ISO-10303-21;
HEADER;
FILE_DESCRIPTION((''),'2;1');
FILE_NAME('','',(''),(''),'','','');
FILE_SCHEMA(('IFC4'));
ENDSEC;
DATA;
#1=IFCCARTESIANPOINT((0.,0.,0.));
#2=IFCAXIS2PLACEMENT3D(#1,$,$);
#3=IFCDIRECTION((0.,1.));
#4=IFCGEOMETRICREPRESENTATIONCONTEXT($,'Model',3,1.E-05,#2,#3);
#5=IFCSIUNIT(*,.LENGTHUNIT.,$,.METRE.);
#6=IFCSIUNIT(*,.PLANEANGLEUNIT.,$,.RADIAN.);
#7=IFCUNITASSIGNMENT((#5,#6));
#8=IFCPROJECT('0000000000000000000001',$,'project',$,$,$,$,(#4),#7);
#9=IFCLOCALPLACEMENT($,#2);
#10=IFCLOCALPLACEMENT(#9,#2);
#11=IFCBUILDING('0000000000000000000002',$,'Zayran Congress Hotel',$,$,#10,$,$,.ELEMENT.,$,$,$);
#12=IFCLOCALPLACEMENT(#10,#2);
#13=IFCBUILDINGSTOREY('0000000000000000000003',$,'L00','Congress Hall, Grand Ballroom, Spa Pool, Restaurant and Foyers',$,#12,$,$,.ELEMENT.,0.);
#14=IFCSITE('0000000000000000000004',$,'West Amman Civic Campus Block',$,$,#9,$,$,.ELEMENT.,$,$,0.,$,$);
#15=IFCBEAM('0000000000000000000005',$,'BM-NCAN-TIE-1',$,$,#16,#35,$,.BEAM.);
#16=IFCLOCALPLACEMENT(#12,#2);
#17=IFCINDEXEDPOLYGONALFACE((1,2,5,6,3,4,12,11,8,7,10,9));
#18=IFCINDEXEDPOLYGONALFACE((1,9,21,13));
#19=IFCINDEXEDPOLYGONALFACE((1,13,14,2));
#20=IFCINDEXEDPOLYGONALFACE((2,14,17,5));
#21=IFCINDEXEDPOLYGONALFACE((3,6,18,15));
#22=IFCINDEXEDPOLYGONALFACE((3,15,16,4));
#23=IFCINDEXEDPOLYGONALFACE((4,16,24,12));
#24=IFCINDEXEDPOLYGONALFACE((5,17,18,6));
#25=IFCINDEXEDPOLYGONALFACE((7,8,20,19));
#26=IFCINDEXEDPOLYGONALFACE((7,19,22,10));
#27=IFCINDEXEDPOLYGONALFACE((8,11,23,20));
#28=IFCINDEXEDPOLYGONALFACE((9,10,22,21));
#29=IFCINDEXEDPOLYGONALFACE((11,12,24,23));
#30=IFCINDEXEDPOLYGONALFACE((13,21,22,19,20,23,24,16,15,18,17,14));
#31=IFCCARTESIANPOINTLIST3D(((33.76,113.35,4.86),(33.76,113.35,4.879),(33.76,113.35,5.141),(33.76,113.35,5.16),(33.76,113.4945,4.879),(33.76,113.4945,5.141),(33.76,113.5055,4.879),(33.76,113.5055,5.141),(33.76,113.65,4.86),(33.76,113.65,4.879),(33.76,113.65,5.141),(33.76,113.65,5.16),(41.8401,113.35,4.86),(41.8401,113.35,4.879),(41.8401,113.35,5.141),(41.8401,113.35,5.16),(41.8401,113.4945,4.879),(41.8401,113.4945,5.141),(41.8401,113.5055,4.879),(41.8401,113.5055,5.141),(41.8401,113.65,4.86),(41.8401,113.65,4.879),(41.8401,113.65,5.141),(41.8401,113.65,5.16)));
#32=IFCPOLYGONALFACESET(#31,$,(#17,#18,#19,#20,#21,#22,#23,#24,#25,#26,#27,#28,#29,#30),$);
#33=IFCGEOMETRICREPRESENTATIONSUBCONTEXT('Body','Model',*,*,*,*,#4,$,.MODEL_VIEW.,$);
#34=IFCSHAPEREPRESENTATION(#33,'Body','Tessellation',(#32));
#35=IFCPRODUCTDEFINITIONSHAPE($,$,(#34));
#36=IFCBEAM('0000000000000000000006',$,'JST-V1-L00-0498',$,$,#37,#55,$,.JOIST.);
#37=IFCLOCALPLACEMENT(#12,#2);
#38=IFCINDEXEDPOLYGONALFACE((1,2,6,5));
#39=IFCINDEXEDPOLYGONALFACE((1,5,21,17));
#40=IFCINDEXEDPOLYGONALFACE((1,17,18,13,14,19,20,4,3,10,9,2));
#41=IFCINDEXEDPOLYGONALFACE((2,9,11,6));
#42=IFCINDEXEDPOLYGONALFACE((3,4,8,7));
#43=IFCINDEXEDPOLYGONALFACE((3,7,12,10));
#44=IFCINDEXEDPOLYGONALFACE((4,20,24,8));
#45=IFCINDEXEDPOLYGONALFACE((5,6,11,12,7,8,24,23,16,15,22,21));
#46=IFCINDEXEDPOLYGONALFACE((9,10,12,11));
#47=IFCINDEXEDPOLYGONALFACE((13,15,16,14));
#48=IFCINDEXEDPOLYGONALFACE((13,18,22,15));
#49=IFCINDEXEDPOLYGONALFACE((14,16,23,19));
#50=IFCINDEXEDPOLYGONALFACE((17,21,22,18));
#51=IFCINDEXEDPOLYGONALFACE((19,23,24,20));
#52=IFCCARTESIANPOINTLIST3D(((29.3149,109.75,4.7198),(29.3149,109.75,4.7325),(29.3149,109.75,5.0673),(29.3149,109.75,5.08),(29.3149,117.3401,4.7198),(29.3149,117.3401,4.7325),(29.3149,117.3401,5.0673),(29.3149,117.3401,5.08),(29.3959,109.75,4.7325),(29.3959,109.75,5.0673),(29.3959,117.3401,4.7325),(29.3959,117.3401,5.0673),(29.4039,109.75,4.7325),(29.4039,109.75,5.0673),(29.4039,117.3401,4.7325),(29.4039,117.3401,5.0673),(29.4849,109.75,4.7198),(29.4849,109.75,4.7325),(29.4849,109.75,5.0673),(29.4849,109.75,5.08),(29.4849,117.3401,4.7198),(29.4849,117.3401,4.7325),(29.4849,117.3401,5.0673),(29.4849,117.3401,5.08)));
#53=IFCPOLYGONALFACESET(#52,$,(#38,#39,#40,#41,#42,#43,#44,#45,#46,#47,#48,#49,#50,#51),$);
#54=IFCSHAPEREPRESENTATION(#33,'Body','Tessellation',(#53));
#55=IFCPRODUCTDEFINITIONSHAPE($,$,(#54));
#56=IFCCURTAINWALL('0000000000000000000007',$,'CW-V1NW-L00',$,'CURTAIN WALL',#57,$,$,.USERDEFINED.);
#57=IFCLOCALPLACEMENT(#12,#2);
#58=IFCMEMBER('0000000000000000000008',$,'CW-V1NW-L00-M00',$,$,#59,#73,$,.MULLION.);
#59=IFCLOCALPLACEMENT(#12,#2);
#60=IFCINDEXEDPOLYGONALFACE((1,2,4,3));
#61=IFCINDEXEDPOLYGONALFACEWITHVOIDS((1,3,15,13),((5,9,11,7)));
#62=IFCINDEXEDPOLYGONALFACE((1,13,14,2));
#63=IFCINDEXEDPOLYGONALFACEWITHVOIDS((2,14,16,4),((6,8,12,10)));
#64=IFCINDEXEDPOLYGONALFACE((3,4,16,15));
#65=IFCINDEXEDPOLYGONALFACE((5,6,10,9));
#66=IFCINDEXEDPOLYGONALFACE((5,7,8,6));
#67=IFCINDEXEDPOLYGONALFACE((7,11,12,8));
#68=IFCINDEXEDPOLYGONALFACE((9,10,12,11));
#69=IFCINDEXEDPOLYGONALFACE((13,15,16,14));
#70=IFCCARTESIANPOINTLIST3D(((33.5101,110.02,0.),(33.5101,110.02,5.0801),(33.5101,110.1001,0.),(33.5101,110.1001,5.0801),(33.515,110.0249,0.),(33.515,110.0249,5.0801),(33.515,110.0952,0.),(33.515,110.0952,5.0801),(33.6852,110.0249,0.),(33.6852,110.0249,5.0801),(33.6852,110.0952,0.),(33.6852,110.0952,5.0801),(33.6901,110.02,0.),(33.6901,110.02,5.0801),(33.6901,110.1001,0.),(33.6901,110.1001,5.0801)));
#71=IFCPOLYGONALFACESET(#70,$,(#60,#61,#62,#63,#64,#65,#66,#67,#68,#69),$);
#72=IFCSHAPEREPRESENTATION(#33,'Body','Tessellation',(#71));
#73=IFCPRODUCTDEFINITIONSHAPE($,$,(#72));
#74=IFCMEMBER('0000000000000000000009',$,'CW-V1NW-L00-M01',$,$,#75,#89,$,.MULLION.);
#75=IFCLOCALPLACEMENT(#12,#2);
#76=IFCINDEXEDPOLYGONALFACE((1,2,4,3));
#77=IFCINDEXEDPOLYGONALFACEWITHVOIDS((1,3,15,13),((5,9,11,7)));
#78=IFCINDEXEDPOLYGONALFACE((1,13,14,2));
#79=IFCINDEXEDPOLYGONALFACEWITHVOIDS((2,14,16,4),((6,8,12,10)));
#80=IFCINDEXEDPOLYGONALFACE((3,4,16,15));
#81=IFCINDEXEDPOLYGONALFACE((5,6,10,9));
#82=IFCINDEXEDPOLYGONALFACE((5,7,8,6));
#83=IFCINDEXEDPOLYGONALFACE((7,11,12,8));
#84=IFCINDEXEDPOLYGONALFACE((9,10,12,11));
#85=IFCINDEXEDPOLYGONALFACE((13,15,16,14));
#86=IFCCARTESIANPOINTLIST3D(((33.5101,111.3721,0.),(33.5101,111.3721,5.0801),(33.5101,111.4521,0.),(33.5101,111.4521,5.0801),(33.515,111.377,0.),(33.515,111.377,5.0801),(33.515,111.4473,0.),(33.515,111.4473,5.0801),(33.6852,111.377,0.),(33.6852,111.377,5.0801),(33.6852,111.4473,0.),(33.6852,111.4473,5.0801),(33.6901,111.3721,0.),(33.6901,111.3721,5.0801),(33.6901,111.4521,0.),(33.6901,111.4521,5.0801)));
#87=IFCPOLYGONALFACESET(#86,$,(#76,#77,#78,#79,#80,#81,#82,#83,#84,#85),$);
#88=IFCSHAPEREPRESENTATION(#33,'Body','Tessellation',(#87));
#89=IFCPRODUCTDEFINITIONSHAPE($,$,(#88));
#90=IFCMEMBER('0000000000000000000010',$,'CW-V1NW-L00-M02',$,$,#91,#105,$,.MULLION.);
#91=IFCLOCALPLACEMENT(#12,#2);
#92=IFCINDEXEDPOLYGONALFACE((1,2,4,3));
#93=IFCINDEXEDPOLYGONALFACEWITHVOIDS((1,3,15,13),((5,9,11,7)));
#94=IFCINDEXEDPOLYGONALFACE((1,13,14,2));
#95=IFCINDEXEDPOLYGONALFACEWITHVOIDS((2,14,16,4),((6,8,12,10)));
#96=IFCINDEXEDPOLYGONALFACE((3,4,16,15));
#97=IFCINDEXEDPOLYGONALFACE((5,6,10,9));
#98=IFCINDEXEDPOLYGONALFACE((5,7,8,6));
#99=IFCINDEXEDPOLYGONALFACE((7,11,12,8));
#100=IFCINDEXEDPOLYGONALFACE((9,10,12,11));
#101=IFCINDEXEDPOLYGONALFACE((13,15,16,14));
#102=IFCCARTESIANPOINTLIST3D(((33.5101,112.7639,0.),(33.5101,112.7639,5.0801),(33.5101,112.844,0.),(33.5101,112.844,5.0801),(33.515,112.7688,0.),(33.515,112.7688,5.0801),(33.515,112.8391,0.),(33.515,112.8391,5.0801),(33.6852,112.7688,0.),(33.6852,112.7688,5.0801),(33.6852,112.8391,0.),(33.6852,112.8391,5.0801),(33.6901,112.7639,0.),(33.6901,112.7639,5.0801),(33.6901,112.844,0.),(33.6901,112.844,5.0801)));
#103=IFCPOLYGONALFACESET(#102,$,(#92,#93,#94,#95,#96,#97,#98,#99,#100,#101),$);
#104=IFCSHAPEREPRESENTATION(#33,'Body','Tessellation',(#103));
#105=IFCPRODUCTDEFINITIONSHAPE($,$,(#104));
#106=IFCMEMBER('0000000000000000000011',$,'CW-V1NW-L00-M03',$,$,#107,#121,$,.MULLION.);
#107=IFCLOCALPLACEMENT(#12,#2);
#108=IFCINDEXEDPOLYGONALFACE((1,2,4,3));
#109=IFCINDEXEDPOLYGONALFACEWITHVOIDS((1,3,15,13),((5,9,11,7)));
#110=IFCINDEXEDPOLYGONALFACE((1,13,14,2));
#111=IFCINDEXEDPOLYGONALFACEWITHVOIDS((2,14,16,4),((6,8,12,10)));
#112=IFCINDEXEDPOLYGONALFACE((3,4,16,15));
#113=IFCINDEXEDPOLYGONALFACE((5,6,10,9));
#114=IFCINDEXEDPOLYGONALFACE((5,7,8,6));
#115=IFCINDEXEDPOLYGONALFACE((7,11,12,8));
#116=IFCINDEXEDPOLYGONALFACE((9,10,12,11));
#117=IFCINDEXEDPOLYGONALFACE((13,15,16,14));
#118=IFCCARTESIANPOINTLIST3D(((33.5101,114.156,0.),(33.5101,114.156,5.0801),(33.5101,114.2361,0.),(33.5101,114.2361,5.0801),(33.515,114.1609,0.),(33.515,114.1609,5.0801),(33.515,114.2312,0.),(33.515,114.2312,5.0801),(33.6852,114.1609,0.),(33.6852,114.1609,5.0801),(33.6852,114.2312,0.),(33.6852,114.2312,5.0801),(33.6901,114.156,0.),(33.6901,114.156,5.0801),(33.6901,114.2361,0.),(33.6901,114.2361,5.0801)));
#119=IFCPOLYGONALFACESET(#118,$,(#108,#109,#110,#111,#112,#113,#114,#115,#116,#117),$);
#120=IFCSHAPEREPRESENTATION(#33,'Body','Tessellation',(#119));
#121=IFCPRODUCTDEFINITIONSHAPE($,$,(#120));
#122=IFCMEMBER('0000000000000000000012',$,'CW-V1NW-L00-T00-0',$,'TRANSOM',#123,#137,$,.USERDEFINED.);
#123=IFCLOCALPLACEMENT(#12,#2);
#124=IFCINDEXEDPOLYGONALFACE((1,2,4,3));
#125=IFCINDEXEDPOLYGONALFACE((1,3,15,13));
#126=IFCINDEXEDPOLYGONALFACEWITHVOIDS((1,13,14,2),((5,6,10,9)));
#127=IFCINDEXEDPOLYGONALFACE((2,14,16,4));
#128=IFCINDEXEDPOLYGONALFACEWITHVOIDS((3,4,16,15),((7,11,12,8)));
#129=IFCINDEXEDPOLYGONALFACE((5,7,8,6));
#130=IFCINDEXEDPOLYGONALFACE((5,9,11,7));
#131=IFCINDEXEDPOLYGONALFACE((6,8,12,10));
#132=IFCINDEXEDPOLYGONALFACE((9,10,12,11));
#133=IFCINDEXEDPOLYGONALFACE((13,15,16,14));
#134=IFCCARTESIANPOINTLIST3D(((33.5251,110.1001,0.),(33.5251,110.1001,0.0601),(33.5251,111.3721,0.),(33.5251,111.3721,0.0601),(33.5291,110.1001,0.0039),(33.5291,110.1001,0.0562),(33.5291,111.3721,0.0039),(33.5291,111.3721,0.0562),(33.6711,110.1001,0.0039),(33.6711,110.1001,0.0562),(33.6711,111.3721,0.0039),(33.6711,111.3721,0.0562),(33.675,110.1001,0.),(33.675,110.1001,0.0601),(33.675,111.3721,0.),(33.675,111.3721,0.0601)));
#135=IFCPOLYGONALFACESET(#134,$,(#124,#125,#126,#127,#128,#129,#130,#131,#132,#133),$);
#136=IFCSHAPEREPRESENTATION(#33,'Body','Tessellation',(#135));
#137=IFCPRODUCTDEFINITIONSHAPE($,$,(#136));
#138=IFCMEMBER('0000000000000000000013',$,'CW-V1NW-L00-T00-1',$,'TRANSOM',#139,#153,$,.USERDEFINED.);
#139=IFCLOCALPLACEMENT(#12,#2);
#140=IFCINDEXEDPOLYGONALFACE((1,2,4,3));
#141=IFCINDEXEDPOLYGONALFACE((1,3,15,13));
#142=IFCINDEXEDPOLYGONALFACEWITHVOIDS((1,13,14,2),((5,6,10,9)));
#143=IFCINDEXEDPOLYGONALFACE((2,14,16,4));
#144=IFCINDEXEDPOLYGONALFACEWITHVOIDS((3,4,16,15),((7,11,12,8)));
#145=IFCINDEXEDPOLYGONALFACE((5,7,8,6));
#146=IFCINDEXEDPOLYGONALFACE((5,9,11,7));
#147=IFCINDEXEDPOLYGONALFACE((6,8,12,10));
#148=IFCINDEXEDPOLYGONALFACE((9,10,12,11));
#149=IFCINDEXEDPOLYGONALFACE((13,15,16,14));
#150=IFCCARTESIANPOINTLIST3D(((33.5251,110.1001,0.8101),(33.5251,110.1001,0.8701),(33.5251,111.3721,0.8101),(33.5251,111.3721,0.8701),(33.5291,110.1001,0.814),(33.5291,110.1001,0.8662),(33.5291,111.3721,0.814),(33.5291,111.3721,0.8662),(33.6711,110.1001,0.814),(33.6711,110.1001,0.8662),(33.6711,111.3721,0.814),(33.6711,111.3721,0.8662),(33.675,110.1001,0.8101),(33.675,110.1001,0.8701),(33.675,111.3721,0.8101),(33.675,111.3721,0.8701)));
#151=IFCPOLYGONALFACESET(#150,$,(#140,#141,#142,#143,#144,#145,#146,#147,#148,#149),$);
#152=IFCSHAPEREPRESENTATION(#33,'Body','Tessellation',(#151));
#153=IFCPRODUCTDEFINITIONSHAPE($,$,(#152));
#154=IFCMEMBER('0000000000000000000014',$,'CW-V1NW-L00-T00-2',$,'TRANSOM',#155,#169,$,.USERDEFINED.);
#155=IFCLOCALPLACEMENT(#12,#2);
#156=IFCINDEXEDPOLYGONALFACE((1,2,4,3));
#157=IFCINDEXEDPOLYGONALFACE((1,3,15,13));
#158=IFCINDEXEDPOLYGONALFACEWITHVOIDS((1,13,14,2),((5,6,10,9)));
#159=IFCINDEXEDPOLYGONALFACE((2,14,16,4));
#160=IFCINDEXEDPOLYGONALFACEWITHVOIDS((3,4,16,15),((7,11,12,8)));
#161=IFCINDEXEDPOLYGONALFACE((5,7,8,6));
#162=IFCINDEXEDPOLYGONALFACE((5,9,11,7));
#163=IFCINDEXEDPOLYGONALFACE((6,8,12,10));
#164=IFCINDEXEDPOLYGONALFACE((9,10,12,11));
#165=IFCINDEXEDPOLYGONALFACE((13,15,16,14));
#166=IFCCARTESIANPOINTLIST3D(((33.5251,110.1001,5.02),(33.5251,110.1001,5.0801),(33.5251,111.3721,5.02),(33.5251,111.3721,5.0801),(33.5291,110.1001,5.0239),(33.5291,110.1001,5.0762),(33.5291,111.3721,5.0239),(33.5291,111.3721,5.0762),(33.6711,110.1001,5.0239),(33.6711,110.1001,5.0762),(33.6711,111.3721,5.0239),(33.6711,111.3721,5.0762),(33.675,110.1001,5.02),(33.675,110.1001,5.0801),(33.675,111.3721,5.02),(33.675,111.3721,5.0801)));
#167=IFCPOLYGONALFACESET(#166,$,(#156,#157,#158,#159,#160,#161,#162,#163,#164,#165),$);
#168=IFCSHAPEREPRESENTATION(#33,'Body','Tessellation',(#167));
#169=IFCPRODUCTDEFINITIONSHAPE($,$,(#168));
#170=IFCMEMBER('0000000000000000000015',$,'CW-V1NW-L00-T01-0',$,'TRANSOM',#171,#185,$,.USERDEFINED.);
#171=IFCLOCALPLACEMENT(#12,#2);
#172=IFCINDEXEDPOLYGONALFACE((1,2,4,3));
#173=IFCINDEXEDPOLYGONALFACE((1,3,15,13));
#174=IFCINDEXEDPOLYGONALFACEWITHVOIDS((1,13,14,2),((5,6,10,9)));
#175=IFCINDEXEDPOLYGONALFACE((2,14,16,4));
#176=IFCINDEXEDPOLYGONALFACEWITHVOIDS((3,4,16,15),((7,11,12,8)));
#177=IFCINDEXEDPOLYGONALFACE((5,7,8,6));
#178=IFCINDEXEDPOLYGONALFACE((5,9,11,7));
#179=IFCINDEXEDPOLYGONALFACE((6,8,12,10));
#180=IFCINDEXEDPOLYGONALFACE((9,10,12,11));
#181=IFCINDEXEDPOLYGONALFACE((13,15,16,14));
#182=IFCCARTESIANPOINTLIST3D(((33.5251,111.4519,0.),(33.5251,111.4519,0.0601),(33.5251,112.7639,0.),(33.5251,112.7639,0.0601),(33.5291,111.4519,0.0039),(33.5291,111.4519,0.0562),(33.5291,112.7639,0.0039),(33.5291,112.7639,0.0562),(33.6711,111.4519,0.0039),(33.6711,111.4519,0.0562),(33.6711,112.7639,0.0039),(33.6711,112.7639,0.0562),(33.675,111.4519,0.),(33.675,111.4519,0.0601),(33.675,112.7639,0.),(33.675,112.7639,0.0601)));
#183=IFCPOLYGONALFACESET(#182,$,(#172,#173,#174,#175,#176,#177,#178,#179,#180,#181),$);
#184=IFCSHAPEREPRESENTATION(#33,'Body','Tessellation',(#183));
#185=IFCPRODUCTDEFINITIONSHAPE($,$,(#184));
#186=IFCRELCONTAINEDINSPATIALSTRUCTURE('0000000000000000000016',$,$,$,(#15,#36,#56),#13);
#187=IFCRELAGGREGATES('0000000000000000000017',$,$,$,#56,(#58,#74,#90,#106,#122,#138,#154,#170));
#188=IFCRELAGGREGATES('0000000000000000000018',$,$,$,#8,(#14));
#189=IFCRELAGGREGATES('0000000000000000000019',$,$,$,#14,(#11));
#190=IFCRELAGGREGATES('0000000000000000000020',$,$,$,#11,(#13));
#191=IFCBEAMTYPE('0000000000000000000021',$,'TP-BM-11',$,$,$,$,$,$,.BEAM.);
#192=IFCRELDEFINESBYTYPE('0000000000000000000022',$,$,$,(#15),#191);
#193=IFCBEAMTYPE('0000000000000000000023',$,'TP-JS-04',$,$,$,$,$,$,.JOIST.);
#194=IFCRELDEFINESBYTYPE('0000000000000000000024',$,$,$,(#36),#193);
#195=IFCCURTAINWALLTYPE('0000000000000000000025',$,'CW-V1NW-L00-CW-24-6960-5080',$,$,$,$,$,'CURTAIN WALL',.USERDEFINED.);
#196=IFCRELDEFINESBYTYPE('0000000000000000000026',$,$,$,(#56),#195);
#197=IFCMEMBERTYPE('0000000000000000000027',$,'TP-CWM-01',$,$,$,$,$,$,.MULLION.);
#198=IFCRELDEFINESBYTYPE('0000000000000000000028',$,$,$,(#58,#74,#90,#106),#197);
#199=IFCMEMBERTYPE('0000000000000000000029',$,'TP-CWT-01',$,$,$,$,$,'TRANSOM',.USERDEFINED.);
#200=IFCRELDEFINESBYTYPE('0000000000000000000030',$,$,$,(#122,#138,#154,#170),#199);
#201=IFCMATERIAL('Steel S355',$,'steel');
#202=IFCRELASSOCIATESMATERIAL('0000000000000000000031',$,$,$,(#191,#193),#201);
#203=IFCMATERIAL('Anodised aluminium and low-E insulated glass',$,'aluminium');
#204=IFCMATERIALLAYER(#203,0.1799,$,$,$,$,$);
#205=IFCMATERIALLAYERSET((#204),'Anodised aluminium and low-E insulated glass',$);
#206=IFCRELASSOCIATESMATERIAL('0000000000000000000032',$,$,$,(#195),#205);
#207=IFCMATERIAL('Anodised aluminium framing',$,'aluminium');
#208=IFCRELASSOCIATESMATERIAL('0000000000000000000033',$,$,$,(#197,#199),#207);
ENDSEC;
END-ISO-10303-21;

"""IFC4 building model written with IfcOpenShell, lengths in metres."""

from ifc_helpers import new_model, si_unit, direction, frame, origin, origin_2d, place, context, subcontext, project, spatial, hollow_rectangle, i_section, extrude, material, layer, layer_set, material_profile, profile_set, type_object, element, aggregate, save


model = new_model("IFC4")

# Units and contexts
model_context = context("Model", 3, precision=1e-05, world=origin(), true_north=direction((0.0, 1.0)))
body_context = subcontext(model_context, "Body", "Model", "MODEL_VIEW")
ifc_project = project(units=[si_unit("LENGTHUNIT", "METRE"), si_unit("PLANEANGLEUNIT", "RADIAN")], contexts=[model_context])

# Site, building, storey
site_placement = place(None, origin())
site = spatial("IfcSite", under=ifc_project, at=site_placement, Name="West Amman Civic Campus Block", CompositionType="ELEMENT", RefElevation=0.0)
building_placement = place(site_placement, origin())
building = spatial("IfcBuilding", under=site, at=building_placement, Name="Zayran Congress Hotel", CompositionType="ELEMENT")
storey_placement = place(building_placement, origin())
storey = spatial("IfcBuildingStorey", under=building, at=storey_placement, Name="L00", Description="Congress Hall, Grand Ballroom, Spa Pool, Restaurant and Foyers", CompositionType="ELEMENT", Elevation=0.0)

# Beams
ifc_material_1 = material(Name="Steel S355", Category="steel")
ifc_material_profile_1 = material_profile(ifc_material_1, i_section(OverallWidth=0.3, OverallDepth=0.3, WebThickness=0.011, FlangeThickness=0.019, at=origin_2d()), Name="HEB 300")
ifc_profile_set_1 = profile_set([ifc_material_profile_1], Name="Steel S355")
beam_type_1 = type_object("IfcBeamType", Name="TP-BM-11", PredefinedType="BEAM", material=ifc_profile_set_1)
beam_1_placement = place(storey_placement, frame((33.76, 113.5, 5.01), z_axis=(1.0, 0.0, 0.0), x_axis=(0.0, 1.0, 0.0)))
element("IfcBeam", 1, at=beam_1_placement, inside=storey, type_object=beam_type_1, Name="BM-NCAN-TIE-1", PredefinedType="BEAM", context=body_context, shape_type="SweptSolid", body=[
    extrude(i_section(OverallWidth=0.3, OverallDepth=0.3, WebThickness=0.011, FlangeThickness=0.019, at=origin_2d()), origin(), (0.0, 0.0, 1.0), 8.0801),
])
ifc_material_profile_2 = material_profile(ifc_material_1, i_section(OverallWidth=0.1699, OverallDepth=0.3601, WebThickness=0.0081, FlangeThickness=0.0127, at=origin_2d()), Name="IPE 360")
ifc_profile_set_2 = profile_set([ifc_material_profile_2], Name="Steel S355")
beam_type_2 = type_object("IfcBeamType", Name="TP-JS-04", PredefinedType="JOIST", material=ifc_profile_set_2)
beam_2_placement = place(storey_placement, frame((29.3999, 109.75, 4.8999), z_axis=(0.0, 1.0, 0.0), x_axis=(-1.0, 0.0, 0.0)))
element("IfcBeam", 2, at=beam_2_placement, inside=storey, type_object=beam_type_2, Name="JST-V1-L00-0498", PredefinedType="JOIST", context=body_context, shape_type="SweptSolid", body=[
    extrude(i_section(OverallWidth=0.1699, OverallDepth=0.3601, WebThickness=0.0081, FlangeThickness=0.0127, at=origin_2d()), origin(), (0.0, 0.0, 1.0), 7.5901),
])

# Curtain wall, members
ifc_material_2 = material(Name="Anodised aluminium and low-E insulated glass", Category="aluminium")
ifc_layer_1 = layer(ifc_material_2, 0.1799)
ifc_layer_set_1 = layer_set([ifc_layer_1], Name="Anodised aluminium and low-E insulated glass")
curtain_wall_type = type_object("IfcCurtainWallType", Name="CW-V1NW-L00-CW-24-6960-5080", ElementType="CURTAIN WALL", PredefinedType="USERDEFINED", material=ifc_layer_set_1)
curtain_wall_placement = place(storey_placement, origin())
curtain_wall = element("IfcCurtainWall", 3, at=curtain_wall_placement, inside=storey, type_object=curtain_wall_type, Name="CW-V1NW-L00", ObjectType="CURTAIN WALL", PredefinedType="USERDEFINED")
ifc_material_3 = material(Name="Anodised aluminium framing", Category="aluminium")
ifc_material_profile_3 = material_profile(ifc_material_3, hollow_rectangle(XDim=0.0801, YDim=0.1799, WallThickness=0.0049, at=origin_2d()), Name="RHS 180x80x5")
ifc_profile_set_3 = profile_set([ifc_material_profile_3], Name="Anodised aluminium framing")
member_type_1 = type_object("IfcMemberType", Name="TP-CWM-01", PredefinedType="MULLION", material=ifc_profile_set_3)
member_1_placement = place(storey_placement, frame((33.6001, 110.0601, 0.0), z_axis=(0.0, 0.0, 1.0), x_axis=(0.0, 1.0, 0.0)))
member_1 = element("IfcMember", 4, at=member_1_placement, type_object=member_type_1, Name="CW-V1NW-L00-M00", PredefinedType="MULLION", context=body_context, shape_type="SweptSolid", body=[
    extrude(hollow_rectangle(XDim=0.0801, YDim=0.1799, WallThickness=0.0049, at=origin_2d()), origin(), (0.0, 0.0, 1.0), 5.0801),
])
member_2_placement = place(storey_placement, frame((33.6001, 111.4121, 0.0), z_axis=(0.0, 0.0, 1.0), x_axis=(0.0, 1.0, 0.0)))
member_2 = element("IfcMember", 5, at=member_2_placement, type_object=member_type_1, Name="CW-V1NW-L00-M01", PredefinedType="MULLION", context=body_context, shape_type="SweptSolid", body=[
    extrude(hollow_rectangle(XDim=0.0801, YDim=0.1799, WallThickness=0.0049, at=origin_2d()), origin(), (0.0, 0.0, 1.0), 5.0801),
])
member_3_placement = place(storey_placement, frame((33.6001, 112.804, 0.0), z_axis=(0.0, 0.0, 1.0), x_axis=(0.0, 1.0, 0.0)))
member_3 = element("IfcMember", 6, at=member_3_placement, type_object=member_type_1, Name="CW-V1NW-L00-M02", PredefinedType="MULLION", context=body_context, shape_type="SweptSolid", body=[
    extrude(hollow_rectangle(XDim=0.0801, YDim=0.1799, WallThickness=0.0049, at=origin_2d()), origin(), (0.0, 0.0, 1.0), 5.0801),
])
member_4_placement = place(storey_placement, frame((33.6001, 114.196, 0.0), z_axis=(0.0, 0.0, 1.0), x_axis=(0.0, 1.0, 0.0)))
member_4 = element("IfcMember", 7, at=member_4_placement, type_object=member_type_1, Name="CW-V1NW-L00-M03", PredefinedType="MULLION", context=body_context, shape_type="SweptSolid", body=[
    extrude(hollow_rectangle(XDim=0.0801, YDim=0.1799, WallThickness=0.0049, at=origin_2d()), origin(), (0.0, 0.0, 1.0), 5.0801),
])
ifc_material_profile_4 = material_profile(ifc_material_3, hollow_rectangle(XDim=0.0601, YDim=0.1499, WallThickness=0.0039, at=origin_2d()), Name="RHS 150x60x4")
ifc_profile_set_4 = profile_set([ifc_material_profile_4], Name="Anodised aluminium framing")
member_type_2 = type_object("IfcMemberType", Name="TP-CWT-01", ElementType="TRANSOM", PredefinedType="USERDEFINED", material=ifc_profile_set_4)
member_5_placement = place(storey_placement, frame((33.6001, 110.1001, 0.03), z_axis=(0.0, 1.0, 0.0), x_axis=(0.0, 0.0, 1.0)))
member_5 = element("IfcMember", 8, at=member_5_placement, type_object=member_type_2, Name="CW-V1NW-L00-T00-0", ObjectType="TRANSOM", PredefinedType="USERDEFINED", context=body_context, shape_type="SweptSolid", body=[
    extrude(hollow_rectangle(XDim=0.0601, YDim=0.1499, WallThickness=0.0039, at=origin_2d()), origin(), (0.0, 0.0, 1.0), 1.272),
])
member_6_placement = place(storey_placement, frame((33.6001, 110.1001, 0.8401), z_axis=(0.0, 1.0, 0.0), x_axis=(0.0, 0.0, 1.0)))
member_6 = element("IfcMember", 9, at=member_6_placement, type_object=member_type_2, Name="CW-V1NW-L00-T00-1", ObjectType="TRANSOM", PredefinedType="USERDEFINED", context=body_context, shape_type="SweptSolid", body=[
    extrude(hollow_rectangle(XDim=0.0601, YDim=0.1499, WallThickness=0.0039, at=origin_2d()), origin(), (0.0, 0.0, 1.0), 1.272),
])
member_7_placement = place(storey_placement, frame((33.6001, 110.1001, 5.05), z_axis=(0.0, 1.0, 0.0), x_axis=(0.0, 0.0, 1.0)))
member_7 = element("IfcMember", 10, at=member_7_placement, type_object=member_type_2, Name="CW-V1NW-L00-T00-2", ObjectType="TRANSOM", PredefinedType="USERDEFINED", context=body_context, shape_type="SweptSolid", body=[
    extrude(hollow_rectangle(XDim=0.0601, YDim=0.1499, WallThickness=0.0039, at=origin_2d()), origin(), (0.0, 0.0, 1.0), 1.272),
])
member_8_placement = place(storey_placement, frame((33.6001, 111.4519, 0.03), z_axis=(0.0, 1.0, 0.0), x_axis=(0.0, 0.0, 1.0)))
member_8 = element("IfcMember", 11, at=member_8_placement, type_object=member_type_2, Name="CW-V1NW-L00-T01-0", ObjectType="TRANSOM", PredefinedType="USERDEFINED", context=body_context, shape_type="SweptSolid", body=[
    extrude(hollow_rectangle(XDim=0.0601, YDim=0.1499, WallThickness=0.0039, at=origin_2d()), origin(), (0.0, 0.0, 1.0), 1.312),
])
aggregate(curtain_wall, [member_1, member_2, member_3, member_4, member_5, member_6, member_7, member_8])

save(model, "model.ifc")
